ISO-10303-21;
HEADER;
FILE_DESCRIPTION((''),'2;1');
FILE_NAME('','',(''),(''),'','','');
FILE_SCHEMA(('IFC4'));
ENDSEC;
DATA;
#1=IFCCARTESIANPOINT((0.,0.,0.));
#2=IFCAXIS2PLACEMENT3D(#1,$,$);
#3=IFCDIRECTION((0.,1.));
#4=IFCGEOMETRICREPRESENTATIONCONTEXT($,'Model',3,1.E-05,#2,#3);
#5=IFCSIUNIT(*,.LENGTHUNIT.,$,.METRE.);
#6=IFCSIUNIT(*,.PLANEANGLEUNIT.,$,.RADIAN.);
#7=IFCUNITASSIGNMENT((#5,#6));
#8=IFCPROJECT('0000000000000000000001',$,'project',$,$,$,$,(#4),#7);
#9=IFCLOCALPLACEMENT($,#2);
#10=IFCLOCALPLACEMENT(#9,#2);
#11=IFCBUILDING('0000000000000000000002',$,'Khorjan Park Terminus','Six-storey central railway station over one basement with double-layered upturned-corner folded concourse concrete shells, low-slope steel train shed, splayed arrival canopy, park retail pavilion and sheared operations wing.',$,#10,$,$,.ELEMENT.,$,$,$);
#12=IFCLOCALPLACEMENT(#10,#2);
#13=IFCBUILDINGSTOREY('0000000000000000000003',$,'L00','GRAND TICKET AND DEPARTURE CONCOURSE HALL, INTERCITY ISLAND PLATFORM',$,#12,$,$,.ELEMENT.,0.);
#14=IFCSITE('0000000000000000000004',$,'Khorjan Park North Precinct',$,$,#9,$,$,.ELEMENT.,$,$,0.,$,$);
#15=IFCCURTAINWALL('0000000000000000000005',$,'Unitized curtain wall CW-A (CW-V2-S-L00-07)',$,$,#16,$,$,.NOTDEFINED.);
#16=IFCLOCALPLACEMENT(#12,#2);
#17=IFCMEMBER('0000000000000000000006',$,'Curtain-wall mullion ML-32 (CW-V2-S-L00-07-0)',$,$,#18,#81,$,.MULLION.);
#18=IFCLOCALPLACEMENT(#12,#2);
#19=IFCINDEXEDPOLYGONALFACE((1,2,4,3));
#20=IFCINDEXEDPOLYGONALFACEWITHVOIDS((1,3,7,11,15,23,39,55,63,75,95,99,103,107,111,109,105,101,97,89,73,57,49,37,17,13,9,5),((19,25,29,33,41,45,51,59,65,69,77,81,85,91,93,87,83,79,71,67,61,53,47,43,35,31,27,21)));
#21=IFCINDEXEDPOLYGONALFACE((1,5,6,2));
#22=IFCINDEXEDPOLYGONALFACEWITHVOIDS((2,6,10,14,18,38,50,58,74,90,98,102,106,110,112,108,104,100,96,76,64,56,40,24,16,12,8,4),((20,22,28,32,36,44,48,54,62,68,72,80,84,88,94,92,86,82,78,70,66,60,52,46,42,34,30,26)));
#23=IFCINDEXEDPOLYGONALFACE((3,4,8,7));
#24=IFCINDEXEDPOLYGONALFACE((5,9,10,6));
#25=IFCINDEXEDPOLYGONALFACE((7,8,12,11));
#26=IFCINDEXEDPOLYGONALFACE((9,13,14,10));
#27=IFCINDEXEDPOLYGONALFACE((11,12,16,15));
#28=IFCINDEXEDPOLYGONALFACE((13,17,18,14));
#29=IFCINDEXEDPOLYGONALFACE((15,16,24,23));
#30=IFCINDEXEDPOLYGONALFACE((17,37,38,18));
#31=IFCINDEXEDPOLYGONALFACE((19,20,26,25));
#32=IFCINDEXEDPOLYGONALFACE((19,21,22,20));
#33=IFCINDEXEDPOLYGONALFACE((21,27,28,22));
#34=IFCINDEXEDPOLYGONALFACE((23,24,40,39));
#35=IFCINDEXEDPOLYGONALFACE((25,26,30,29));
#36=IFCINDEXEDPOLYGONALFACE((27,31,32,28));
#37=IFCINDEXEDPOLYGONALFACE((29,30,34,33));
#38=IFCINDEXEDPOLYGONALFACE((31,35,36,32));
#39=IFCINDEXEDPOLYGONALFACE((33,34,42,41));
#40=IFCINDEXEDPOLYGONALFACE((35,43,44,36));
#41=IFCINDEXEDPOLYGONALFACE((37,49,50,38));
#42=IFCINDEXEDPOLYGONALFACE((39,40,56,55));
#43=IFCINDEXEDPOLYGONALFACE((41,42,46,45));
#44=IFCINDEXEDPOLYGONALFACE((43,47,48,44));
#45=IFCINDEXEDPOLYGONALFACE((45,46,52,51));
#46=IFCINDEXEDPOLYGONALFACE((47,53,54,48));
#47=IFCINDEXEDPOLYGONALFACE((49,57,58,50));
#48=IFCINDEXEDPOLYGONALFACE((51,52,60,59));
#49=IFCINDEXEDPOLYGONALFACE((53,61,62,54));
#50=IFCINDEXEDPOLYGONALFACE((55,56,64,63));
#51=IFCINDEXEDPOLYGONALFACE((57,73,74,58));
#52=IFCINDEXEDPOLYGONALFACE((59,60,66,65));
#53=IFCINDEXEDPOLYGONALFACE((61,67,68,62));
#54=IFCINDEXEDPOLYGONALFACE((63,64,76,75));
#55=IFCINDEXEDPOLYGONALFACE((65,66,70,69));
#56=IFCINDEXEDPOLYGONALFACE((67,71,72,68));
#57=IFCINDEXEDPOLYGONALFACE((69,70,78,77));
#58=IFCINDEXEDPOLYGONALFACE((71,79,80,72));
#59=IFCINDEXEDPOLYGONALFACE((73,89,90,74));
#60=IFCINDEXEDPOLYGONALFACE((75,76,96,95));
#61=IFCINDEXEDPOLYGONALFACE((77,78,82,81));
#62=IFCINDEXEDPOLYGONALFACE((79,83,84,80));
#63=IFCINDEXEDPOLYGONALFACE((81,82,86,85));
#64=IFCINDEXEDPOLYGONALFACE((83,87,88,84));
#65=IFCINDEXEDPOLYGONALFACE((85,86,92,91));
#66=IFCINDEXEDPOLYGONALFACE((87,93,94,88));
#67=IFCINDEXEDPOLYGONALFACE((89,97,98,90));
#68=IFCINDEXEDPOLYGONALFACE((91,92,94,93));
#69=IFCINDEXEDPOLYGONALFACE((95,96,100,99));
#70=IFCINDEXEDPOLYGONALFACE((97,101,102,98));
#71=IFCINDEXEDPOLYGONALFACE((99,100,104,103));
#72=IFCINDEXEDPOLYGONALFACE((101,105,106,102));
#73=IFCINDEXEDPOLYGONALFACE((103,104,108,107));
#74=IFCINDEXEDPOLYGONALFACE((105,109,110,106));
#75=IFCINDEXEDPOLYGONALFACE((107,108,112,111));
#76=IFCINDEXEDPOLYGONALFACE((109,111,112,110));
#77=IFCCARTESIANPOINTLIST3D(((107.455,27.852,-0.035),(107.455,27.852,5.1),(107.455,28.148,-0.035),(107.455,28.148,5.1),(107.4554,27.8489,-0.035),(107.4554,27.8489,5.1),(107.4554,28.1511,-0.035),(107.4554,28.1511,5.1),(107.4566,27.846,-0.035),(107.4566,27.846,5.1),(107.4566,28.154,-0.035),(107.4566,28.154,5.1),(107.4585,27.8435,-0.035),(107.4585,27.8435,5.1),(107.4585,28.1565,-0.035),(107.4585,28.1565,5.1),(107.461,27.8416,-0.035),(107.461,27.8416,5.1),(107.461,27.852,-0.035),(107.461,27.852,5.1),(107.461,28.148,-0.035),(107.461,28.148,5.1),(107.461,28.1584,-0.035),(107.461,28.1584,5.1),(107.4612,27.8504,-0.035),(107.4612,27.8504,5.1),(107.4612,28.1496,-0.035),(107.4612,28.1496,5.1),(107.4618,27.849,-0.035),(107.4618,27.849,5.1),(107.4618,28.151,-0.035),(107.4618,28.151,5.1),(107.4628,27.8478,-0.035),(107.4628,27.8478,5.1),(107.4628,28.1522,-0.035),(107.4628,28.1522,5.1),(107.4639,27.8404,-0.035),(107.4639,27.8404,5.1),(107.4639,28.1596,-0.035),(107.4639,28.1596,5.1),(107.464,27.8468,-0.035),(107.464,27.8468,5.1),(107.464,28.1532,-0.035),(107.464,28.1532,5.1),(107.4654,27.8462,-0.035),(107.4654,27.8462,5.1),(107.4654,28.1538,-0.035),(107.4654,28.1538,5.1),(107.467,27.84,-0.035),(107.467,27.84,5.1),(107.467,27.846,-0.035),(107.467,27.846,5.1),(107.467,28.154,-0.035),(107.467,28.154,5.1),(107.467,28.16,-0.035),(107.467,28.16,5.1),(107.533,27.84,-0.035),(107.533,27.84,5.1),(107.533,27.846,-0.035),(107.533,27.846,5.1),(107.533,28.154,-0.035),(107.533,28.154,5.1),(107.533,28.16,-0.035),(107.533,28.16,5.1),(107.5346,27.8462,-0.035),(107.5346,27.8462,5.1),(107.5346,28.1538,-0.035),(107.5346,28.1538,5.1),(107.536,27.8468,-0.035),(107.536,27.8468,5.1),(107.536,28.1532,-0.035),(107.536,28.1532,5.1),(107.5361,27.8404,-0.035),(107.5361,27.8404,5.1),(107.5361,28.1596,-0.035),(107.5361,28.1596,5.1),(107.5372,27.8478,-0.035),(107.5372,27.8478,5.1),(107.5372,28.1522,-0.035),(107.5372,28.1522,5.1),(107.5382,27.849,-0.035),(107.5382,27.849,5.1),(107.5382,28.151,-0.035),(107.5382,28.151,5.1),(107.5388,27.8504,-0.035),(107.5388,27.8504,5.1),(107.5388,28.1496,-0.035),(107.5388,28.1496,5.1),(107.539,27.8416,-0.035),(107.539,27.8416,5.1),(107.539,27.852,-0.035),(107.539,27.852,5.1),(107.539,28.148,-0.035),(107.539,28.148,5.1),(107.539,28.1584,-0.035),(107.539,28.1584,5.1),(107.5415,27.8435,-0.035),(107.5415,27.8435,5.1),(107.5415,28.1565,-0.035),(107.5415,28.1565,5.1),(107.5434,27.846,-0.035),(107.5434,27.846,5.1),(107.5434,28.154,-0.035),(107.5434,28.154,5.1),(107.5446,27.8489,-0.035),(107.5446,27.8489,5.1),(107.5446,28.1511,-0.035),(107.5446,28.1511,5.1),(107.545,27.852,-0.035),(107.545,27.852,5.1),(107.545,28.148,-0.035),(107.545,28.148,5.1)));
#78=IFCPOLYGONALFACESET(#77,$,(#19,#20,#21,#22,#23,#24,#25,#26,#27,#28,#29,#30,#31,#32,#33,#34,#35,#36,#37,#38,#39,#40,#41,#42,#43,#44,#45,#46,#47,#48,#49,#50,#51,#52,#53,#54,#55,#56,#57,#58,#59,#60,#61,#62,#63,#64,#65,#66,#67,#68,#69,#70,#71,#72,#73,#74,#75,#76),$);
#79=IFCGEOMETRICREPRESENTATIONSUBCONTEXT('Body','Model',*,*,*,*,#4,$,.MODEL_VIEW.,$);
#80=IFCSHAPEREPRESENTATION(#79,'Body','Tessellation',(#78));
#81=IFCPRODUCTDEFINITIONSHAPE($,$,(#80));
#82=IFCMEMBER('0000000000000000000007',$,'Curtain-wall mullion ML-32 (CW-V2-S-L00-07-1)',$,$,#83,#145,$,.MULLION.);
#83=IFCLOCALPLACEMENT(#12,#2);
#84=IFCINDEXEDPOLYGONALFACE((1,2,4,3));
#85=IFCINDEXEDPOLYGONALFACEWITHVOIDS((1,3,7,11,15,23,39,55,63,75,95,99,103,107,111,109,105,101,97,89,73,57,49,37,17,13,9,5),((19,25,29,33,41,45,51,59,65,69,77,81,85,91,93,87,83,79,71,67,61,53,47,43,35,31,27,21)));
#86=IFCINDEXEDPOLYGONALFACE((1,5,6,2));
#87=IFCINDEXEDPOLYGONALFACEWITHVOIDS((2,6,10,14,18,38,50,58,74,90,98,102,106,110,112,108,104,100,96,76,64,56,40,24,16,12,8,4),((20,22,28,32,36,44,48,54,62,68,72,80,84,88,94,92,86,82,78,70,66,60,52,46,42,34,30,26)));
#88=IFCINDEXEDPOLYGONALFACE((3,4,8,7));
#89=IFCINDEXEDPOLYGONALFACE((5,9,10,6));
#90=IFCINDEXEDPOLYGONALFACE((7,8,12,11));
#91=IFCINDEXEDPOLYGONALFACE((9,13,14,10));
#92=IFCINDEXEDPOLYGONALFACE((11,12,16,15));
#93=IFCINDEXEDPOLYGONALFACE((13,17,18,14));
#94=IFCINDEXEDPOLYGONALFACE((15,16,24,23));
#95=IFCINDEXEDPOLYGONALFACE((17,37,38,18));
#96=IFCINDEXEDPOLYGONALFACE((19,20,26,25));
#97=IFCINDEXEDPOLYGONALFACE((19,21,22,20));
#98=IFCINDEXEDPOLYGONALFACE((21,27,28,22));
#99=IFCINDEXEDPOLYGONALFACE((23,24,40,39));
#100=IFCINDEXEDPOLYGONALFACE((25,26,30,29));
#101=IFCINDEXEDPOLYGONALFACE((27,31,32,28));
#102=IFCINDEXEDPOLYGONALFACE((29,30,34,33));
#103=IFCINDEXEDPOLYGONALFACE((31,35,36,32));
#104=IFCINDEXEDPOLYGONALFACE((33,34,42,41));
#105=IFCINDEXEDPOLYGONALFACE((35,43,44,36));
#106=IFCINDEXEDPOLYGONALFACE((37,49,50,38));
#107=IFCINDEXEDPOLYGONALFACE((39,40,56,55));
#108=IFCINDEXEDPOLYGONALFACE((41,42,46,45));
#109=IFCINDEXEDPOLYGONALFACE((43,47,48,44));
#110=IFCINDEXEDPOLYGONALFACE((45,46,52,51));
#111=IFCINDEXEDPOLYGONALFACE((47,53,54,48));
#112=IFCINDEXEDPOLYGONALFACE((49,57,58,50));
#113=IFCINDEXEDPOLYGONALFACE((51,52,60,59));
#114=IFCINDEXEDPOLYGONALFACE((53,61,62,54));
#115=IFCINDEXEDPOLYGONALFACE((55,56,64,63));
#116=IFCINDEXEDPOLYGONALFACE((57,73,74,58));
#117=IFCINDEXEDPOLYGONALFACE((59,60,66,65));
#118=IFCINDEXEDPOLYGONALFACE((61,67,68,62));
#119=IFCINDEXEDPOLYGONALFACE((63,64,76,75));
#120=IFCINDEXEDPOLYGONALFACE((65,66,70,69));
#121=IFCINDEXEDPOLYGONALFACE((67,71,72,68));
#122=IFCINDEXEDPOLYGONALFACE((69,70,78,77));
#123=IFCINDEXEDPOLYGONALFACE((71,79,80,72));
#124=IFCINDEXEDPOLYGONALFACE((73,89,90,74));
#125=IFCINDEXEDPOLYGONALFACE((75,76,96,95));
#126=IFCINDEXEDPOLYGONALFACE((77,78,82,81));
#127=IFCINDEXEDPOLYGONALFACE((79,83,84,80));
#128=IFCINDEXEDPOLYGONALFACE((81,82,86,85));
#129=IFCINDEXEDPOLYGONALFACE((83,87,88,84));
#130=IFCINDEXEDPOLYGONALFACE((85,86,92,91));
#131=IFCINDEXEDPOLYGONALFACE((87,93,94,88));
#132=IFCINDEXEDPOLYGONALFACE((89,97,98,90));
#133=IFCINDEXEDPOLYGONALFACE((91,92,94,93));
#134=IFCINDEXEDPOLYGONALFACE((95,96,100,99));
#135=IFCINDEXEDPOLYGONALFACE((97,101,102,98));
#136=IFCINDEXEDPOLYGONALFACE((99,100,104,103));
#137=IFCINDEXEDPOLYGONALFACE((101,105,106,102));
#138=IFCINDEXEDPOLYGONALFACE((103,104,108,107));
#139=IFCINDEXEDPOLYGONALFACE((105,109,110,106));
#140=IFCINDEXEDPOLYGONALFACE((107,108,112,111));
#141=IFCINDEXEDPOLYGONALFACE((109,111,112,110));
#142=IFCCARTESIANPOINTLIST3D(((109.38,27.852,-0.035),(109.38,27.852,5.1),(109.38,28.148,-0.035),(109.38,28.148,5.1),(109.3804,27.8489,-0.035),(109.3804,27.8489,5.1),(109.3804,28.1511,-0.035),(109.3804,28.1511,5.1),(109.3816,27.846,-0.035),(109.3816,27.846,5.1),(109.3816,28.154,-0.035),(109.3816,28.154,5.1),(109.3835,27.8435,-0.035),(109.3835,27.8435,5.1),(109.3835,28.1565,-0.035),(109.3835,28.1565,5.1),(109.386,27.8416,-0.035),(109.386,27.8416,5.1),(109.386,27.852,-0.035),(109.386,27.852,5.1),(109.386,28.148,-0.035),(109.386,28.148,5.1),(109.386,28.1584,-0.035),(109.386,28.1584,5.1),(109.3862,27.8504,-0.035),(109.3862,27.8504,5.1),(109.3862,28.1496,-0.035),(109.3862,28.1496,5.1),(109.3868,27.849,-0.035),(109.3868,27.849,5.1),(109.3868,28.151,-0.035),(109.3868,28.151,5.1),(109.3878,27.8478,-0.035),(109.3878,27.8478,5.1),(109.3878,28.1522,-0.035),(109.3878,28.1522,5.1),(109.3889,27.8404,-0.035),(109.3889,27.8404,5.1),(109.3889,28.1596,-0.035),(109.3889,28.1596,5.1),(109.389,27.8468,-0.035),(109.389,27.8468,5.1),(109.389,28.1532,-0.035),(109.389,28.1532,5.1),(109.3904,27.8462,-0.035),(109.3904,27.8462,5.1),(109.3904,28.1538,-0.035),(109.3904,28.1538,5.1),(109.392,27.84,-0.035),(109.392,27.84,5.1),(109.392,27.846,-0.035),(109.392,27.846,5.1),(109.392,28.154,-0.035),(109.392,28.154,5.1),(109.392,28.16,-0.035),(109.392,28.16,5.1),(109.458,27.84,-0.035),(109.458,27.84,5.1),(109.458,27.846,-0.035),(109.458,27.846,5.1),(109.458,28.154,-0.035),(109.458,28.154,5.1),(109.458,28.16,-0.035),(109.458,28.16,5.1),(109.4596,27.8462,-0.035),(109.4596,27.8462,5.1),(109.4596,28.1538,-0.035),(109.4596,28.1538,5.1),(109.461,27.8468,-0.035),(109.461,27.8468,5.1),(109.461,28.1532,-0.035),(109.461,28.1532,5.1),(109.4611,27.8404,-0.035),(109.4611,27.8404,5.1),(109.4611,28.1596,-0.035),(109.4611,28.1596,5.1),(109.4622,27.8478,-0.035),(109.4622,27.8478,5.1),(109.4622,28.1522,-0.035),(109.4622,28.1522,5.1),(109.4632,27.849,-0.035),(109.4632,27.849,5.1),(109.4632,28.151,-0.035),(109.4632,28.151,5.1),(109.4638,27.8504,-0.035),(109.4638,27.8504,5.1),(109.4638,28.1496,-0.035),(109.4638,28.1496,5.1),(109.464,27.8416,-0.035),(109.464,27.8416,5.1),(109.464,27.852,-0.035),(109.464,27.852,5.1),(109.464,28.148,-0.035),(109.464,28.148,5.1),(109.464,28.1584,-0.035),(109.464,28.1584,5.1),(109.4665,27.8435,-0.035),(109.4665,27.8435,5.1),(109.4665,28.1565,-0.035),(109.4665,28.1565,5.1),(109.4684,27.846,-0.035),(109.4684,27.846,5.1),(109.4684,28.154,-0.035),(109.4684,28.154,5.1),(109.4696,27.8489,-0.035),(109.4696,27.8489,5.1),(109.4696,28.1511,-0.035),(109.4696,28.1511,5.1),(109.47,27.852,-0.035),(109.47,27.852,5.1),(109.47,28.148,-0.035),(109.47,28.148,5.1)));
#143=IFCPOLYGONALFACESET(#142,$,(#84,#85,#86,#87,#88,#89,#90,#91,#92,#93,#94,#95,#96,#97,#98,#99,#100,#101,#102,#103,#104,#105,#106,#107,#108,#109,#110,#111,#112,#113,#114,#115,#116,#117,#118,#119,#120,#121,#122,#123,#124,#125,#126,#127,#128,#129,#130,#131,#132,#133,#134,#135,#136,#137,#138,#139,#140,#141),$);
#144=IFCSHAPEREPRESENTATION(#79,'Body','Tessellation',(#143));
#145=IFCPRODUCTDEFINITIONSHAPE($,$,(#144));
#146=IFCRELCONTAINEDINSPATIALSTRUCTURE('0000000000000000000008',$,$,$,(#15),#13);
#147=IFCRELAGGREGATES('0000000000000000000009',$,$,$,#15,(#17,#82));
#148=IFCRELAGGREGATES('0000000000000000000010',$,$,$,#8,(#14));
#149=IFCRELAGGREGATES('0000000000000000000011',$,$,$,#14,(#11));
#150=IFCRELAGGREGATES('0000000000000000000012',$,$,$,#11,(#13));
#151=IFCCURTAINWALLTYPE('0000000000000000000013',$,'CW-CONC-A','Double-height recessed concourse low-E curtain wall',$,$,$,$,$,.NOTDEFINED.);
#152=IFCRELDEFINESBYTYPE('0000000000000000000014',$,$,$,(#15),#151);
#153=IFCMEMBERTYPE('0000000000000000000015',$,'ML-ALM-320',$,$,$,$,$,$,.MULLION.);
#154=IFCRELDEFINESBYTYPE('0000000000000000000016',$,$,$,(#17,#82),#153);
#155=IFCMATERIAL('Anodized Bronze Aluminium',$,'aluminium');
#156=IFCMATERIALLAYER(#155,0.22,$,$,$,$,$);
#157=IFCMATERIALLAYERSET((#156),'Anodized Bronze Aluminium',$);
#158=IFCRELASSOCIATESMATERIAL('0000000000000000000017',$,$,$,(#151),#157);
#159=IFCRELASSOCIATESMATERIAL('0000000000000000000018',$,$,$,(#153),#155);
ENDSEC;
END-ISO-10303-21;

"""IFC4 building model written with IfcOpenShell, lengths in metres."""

from ifc_helpers import new_model, si_unit, direction, frame, origin, origin_2d, place, context, subcontext, project, spatial, hollow_rectangle, extrude, material, layer, layer_set, material_profile, profile_set, type_object, element, aggregate, save


model = new_model("IFC4")

# Units and contexts
model_context = context("Model", 3, precision=1e-05, world=origin(), true_north=direction((0.0, 1.0)))
body_context = subcontext(model_context, "Body", "Model", "MODEL_VIEW")
ifc_project = project(units=[si_unit("LENGTHUNIT", "METRE"), si_unit("PLANEANGLEUNIT", "RADIAN")], contexts=[model_context])

# Site, building, storey
site_placement = place(None, origin())
site = spatial("IfcSite", under=ifc_project, at=site_placement, Name="Khorjan Park North Precinct", CompositionType="ELEMENT", RefElevation=0.0)
building_placement = place(site_placement, origin())
building = spatial("IfcBuilding", under=site, at=building_placement, Name="Khorjan Park Terminus", Description="Six-storey central railway station over one basement with double-layered upturned-corner folded concourse concrete shells, low-slope steel train shed, splayed arrival canopy, park retail pavilion and sheared operations wing.", CompositionType="ELEMENT")
storey_placement = place(building_placement, origin())
storey = spatial("IfcBuildingStorey", under=building, at=storey_placement, Name="L00", Description="GRAND TICKET AND DEPARTURE CONCOURSE HALL, INTERCITY ISLAND PLATFORM", CompositionType="ELEMENT", Elevation=0.0)

# Curtain wall, members
ifc_material_1 = material(Name="Anodized Bronze Aluminium", Category="aluminium")
ifc_layer_1 = layer(ifc_material_1, 0.22)
ifc_layer_set_1 = layer_set([ifc_layer_1], Name="Anodized Bronze Aluminium")
curtain_wall_type = type_object("IfcCurtainWallType", Name="CW-CONC-A", Description="Double-height recessed concourse low-E curtain wall", PredefinedType="NOTDEFINED", material=ifc_layer_set_1)
curtain_wall_placement = place(storey_placement, origin())
curtain_wall = element("IfcCurtainWall", 1, at=curtain_wall_placement, inside=storey, type_object=curtain_wall_type, Name="Unitized curtain wall CW-A (CW-V2-S-L00-07)", PredefinedType="NOTDEFINED")
ifc_material_profile_1 = material_profile(ifc_material_1, hollow_rectangle(XDim=0.09, YDim=0.32, WallThickness=0.006, InnerFilletRadius=0.006, OuterFilletRadius=0.012, at=origin_2d()), Name="ALM 90x320x6")
ifc_profile_set_1 = profile_set([ifc_material_profile_1], Name="Anodized Bronze Aluminium")
member_type_1 = type_object("IfcMemberType", Name="ML-ALM-320", PredefinedType="MULLION", material=ifc_profile_set_1)
member_1_placement = place(storey_placement, frame((107.5, 28.0, -0.035), z_axis=(0.0, 0.0, 1.0), x_axis=(1.0, 0.0, 0.0)))
member_1 = element("IfcMember", 2, at=member_1_placement, type_object=member_type_1, Name="Curtain-wall mullion ML-32 (CW-V2-S-L00-07-0)", PredefinedType="MULLION", context=body_context, shape_type="SweptSolid", body=[
    extrude(hollow_rectangle(XDim=0.09, YDim=0.32, WallThickness=0.006, InnerFilletRadius=0.006, OuterFilletRadius=0.012, at=origin_2d()), origin(), (0.0, 0.0, 1.0), 5.135),
])
member_2_placement = place(storey_placement, frame((109.425, 28.0, -0.035), z_axis=(0.0, 0.0, 1.0), x_axis=(1.0, 0.0, 0.0)))
member_2 = element("IfcMember", 3, at=member_2_placement, type_object=member_type_1, Name="Curtain-wall mullion ML-32 (CW-V2-S-L00-07-1)", PredefinedType="MULLION", context=body_context, shape_type="SweptSolid", body=[
    extrude(hollow_rectangle(XDim=0.09, YDim=0.32, WallThickness=0.006, InnerFilletRadius=0.006, OuterFilletRadius=0.012, at=origin_2d()), origin(), (0.0, 0.0, 1.0), 5.135),
])
aggregate(curtain_wall, [member_1, member_2])

save(model, "model.ifc")
